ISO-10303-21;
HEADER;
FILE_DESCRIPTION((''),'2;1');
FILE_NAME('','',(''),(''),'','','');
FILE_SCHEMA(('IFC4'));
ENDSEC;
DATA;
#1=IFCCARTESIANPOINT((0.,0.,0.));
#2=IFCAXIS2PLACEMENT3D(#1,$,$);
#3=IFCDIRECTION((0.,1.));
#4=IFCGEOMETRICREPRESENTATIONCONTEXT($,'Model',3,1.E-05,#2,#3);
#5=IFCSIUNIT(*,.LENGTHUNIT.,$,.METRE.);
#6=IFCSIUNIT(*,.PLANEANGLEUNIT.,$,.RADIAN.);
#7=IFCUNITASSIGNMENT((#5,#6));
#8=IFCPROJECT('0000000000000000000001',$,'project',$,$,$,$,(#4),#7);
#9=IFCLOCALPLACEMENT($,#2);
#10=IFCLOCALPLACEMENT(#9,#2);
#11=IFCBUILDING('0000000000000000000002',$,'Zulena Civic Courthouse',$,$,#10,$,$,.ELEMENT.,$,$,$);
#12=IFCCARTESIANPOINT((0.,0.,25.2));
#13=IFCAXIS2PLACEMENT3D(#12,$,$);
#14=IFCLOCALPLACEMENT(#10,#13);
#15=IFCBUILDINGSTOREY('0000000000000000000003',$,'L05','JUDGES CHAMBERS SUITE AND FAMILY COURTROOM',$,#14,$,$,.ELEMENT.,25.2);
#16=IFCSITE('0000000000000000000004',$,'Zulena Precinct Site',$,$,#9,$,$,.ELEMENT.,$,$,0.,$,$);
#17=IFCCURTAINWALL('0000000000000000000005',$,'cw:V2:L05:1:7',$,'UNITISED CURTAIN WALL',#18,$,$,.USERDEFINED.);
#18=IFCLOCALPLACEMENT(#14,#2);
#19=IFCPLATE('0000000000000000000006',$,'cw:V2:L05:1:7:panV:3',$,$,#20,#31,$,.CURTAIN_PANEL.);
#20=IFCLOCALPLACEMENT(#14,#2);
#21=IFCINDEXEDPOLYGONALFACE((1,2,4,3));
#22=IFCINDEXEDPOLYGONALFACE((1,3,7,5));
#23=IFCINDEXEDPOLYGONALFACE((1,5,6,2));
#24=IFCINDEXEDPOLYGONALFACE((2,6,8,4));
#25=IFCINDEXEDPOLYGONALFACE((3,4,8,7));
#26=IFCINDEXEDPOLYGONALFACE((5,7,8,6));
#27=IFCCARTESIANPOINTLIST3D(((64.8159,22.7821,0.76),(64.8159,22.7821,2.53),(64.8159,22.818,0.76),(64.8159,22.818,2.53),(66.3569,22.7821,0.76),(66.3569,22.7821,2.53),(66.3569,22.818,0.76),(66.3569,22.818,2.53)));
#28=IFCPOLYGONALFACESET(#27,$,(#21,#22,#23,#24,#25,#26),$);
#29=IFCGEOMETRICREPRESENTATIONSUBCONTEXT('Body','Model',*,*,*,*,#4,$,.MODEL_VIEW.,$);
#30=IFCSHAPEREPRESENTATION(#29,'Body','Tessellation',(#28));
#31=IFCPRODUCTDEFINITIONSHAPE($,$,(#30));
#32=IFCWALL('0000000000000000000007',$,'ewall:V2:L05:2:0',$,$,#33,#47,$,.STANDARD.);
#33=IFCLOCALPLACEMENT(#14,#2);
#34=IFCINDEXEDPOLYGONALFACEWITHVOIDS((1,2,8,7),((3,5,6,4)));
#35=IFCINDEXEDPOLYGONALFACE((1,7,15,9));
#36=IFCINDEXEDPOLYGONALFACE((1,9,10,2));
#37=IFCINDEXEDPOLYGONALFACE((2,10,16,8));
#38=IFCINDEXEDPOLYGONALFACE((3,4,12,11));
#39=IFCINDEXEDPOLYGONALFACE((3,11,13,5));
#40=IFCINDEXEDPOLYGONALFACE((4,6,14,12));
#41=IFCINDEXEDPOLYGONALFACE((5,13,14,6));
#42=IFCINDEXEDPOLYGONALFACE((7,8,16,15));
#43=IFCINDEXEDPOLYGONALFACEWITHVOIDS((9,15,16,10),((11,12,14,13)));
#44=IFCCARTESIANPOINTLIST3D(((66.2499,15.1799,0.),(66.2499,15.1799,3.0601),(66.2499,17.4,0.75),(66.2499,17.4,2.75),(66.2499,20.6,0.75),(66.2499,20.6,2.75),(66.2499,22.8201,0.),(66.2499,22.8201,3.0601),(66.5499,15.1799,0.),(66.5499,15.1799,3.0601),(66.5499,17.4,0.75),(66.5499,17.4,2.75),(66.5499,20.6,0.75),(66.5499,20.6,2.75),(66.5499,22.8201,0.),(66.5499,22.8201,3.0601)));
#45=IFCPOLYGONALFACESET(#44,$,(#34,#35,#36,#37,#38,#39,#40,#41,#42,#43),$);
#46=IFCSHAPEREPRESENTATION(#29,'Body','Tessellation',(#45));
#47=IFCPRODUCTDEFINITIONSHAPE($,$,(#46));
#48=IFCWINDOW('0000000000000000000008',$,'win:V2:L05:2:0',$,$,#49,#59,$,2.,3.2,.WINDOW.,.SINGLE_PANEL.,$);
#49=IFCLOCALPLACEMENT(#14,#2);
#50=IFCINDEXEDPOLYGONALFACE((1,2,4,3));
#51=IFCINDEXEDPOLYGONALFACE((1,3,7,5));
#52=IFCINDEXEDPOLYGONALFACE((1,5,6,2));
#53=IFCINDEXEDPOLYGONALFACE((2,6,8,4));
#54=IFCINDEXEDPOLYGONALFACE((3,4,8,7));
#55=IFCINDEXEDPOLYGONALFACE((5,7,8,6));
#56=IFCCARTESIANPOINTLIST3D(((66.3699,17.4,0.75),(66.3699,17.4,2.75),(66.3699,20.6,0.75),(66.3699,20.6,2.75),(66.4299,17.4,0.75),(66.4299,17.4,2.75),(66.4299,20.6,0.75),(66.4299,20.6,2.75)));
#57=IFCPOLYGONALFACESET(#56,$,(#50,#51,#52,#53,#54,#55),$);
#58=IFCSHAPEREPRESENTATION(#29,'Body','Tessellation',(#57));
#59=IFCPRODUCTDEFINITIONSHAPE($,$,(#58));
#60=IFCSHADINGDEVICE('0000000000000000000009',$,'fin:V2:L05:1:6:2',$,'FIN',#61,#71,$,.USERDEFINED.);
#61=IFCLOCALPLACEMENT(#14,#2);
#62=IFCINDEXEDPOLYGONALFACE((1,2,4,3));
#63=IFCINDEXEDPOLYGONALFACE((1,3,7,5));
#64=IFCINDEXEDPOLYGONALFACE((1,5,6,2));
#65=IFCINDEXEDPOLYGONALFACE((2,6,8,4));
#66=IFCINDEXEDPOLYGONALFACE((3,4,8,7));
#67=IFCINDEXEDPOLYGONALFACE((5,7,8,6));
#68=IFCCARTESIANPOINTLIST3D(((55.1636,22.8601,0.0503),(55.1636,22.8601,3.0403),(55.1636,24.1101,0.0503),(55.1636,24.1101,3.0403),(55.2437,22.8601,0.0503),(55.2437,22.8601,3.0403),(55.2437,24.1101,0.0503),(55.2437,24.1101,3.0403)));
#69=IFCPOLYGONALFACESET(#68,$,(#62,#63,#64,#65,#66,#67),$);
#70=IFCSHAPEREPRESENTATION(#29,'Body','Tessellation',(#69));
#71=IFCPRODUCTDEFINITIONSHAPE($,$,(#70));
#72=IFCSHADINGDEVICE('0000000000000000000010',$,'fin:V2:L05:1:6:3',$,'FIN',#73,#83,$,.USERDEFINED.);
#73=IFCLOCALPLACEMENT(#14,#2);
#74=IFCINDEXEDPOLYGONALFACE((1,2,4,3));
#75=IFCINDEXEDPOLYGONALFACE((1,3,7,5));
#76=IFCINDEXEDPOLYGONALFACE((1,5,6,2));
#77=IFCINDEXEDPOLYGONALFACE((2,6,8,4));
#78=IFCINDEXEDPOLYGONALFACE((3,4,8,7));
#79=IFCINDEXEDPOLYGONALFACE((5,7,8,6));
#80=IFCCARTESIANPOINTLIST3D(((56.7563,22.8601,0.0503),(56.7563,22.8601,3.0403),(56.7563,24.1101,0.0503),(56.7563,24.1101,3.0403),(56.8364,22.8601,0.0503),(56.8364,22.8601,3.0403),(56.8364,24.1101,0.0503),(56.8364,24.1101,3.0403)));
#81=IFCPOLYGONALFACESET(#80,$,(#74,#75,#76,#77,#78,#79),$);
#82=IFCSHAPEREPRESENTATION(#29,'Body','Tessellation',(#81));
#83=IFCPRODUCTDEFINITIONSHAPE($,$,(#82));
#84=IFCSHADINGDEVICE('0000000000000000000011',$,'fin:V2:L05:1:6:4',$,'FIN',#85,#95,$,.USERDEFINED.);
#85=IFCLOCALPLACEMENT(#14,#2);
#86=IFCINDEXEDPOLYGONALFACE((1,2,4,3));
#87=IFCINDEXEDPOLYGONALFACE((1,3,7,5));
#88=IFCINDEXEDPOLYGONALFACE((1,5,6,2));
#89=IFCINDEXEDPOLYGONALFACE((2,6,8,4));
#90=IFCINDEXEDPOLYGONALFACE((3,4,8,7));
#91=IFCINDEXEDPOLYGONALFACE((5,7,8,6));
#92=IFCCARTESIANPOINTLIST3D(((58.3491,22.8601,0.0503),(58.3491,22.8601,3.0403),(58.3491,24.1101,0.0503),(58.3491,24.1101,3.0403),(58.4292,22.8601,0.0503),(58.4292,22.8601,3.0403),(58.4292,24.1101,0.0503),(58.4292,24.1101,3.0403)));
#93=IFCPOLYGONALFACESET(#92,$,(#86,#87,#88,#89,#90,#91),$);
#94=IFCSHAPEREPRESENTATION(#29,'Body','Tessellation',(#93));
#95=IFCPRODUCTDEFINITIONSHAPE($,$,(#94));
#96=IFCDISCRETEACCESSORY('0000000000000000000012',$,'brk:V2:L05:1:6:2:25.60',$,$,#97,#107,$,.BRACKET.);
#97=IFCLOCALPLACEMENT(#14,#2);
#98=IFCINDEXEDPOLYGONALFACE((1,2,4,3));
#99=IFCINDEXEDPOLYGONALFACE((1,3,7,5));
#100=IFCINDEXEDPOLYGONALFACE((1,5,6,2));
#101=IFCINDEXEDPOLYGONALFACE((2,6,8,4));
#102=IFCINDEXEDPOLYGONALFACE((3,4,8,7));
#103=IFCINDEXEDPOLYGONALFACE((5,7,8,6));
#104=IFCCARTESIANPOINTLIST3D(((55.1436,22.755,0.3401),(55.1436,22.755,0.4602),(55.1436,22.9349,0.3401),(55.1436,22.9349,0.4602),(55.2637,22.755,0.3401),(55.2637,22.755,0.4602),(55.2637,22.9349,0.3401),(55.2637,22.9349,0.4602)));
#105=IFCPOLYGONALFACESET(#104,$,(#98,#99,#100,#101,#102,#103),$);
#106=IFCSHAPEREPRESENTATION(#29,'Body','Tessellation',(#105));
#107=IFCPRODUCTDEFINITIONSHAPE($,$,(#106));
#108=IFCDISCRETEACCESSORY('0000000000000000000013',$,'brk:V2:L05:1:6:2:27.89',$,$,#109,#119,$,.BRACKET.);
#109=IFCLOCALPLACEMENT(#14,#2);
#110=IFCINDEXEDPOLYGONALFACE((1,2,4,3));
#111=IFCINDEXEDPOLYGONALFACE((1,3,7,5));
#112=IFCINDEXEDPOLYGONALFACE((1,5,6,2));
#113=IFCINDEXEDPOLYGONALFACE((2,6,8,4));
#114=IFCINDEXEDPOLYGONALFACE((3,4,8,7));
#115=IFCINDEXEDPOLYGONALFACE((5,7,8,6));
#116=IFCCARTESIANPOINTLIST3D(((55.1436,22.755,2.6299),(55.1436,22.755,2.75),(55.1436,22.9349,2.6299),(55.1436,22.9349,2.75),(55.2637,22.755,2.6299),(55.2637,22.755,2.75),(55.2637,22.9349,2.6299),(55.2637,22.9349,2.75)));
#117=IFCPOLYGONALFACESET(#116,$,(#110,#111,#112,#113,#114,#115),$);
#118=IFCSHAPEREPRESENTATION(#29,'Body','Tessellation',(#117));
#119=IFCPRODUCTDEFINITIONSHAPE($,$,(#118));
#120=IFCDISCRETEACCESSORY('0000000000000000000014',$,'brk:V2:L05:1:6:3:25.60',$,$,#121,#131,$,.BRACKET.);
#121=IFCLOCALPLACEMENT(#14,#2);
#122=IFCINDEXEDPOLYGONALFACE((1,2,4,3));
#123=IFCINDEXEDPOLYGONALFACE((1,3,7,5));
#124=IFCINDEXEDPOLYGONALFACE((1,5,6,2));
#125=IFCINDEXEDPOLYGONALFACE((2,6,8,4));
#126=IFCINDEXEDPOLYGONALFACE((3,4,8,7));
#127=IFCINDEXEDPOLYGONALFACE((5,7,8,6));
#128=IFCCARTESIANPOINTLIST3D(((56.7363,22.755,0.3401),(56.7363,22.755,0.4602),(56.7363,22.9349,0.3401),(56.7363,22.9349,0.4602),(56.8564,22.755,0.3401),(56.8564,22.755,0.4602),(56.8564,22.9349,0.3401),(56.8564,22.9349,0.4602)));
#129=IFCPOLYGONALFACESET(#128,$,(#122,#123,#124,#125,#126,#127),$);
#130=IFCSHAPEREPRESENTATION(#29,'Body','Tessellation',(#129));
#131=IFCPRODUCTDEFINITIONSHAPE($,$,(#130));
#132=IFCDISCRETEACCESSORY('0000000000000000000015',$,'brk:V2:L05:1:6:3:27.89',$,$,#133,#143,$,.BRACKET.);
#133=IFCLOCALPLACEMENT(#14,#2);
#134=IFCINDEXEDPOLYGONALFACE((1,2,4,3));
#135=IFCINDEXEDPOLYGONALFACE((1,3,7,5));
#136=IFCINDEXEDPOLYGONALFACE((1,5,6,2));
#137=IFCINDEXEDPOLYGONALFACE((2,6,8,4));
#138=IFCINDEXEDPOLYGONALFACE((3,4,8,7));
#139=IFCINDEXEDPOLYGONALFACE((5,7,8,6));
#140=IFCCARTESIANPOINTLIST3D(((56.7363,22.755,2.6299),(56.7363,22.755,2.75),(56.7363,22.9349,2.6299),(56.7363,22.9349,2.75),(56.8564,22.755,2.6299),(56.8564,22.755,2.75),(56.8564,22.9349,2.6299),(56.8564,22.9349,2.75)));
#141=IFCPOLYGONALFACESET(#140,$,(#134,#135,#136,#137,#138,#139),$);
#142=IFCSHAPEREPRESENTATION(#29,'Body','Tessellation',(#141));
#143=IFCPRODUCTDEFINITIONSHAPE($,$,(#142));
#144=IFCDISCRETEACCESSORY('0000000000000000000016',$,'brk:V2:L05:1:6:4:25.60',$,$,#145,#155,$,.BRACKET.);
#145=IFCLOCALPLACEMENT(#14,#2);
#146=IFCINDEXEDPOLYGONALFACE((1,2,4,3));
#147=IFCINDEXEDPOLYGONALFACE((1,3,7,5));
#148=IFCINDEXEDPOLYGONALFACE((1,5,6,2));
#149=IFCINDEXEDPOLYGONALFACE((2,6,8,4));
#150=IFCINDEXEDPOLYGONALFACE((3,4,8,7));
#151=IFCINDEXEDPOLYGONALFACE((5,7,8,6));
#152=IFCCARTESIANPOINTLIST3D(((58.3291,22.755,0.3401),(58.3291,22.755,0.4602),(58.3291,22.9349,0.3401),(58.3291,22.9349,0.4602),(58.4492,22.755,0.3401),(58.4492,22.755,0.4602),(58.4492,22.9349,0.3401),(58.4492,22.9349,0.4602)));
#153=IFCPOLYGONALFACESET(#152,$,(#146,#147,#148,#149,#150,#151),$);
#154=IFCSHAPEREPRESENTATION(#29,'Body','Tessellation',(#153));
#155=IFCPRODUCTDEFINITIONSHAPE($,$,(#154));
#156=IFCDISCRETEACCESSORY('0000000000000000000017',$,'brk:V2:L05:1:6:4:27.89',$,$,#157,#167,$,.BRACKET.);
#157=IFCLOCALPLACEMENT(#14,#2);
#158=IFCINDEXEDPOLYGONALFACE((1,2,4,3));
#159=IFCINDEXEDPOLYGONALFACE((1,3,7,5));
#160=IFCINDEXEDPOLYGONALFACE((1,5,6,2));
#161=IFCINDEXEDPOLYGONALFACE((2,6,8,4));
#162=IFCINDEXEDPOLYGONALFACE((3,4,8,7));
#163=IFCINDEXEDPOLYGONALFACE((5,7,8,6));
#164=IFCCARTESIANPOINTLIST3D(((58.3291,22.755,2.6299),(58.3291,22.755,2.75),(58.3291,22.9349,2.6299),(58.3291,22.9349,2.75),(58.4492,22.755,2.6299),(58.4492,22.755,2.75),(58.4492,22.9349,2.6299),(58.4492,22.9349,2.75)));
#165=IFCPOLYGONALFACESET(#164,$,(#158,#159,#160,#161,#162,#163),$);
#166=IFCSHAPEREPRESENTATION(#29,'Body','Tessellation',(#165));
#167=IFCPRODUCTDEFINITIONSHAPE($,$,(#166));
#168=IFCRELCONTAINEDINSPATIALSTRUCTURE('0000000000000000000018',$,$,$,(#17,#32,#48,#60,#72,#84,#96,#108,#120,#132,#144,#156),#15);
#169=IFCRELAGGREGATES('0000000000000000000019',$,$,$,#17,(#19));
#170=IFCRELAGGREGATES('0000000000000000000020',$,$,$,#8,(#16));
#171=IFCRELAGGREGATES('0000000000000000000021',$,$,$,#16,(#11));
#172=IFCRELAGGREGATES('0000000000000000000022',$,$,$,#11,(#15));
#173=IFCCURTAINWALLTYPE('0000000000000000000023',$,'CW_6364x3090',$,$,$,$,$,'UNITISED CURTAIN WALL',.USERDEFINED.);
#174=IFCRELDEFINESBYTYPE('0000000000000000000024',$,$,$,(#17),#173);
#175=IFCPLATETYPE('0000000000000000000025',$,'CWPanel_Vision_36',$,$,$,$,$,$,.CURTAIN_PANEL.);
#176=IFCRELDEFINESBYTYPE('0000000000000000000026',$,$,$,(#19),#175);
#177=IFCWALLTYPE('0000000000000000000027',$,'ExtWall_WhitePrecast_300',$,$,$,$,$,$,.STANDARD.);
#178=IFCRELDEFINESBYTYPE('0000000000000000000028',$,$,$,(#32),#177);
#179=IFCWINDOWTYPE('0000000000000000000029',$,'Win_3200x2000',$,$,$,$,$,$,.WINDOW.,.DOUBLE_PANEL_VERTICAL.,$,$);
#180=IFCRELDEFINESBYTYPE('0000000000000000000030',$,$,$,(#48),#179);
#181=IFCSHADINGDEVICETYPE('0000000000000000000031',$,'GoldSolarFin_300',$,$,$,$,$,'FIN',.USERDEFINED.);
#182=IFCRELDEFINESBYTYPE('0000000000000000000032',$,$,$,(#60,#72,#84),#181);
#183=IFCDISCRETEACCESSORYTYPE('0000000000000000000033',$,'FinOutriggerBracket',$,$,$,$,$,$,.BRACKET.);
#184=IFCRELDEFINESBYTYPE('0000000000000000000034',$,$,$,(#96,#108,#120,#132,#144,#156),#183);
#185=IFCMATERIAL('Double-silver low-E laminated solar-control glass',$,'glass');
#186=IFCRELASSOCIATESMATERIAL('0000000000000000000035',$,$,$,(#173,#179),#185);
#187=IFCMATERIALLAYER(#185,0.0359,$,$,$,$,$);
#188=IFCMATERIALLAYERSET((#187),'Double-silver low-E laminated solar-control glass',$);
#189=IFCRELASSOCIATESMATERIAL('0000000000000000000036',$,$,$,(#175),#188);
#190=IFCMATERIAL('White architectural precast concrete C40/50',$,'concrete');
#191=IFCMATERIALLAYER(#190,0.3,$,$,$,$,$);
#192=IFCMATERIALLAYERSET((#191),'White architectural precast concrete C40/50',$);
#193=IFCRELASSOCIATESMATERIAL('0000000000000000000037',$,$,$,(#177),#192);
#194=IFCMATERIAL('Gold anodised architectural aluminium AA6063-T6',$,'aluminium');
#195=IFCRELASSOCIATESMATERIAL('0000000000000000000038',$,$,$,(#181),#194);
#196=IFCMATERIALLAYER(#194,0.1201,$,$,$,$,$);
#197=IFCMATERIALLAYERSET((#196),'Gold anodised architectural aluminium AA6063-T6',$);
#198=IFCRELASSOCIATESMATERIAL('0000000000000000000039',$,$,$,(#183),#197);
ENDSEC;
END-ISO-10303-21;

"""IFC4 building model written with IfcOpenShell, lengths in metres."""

from ifc_helpers import new_model, si_unit, direction, frame, frame_2d, origin, origin_2d, place, context, subcontext, project, spatial, rectangle, extrude, material, layer, layer_set, type_object, element, fill, aggregate, save


model = new_model("IFC4")

# Units and contexts
model_context = context("Model", 3, precision=1e-05, world=origin(), true_north=direction((0.0, 1.0)))
body_context = subcontext(model_context, "Body", "Model", "MODEL_VIEW")
ifc_project = project(units=[si_unit("LENGTHUNIT", "METRE"), si_unit("PLANEANGLEUNIT", "RADIAN")], contexts=[model_context])

# Site, building, storey
site_placement = place(None, origin())
site = spatial("IfcSite", under=ifc_project, at=site_placement, Name="Zulena Precinct Site", CompositionType="ELEMENT", RefElevation=0.0)
building_placement = place(site_placement, origin())
building = spatial("IfcBuilding", under=site, at=building_placement, Name="Zulena Civic Courthouse", CompositionType="ELEMENT")
storey_placement = place(building_placement, frame((0.0, 0.0, 25.2)))
storey = spatial("IfcBuildingStorey", under=building, at=storey_placement, Name="L05", Description="JUDGES CHAMBERS SUITE AND FAMILY COURTROOM", CompositionType="ELEMENT", Elevation=25.2)

# Curtain wall
ifc_material_1 = material(Name="Double-silver low-E laminated solar-control glass", Category="glass")
curtain_wall_type = type_object("IfcCurtainWallType", Name="CW_6364x3090", ElementType="UNITISED CURTAIN WALL", PredefinedType="USERDEFINED", material=ifc_material_1)
curtain_wall_placement = place(storey_placement, origin())
curtain_wall = element("IfcCurtainWall", 1, at=curtain_wall_placement, inside=storey, type_object=curtain_wall_type, Name="cw:V2:L05:1:7", ObjectType="UNITISED CURTAIN WALL", PredefinedType="USERDEFINED")

# Plate
ifc_layer_1 = layer(ifc_material_1, 0.0359)
ifc_layer_set_1 = layer_set([ifc_layer_1], Name="Double-silver low-E laminated solar-control glass")
plate_type_1 = type_object("IfcPlateType", Name="CWPanel_Vision_36", PredefinedType="CURTAIN_PANEL", material=ifc_layer_set_1)
plate_1_placement = place(storey_placement, frame((65.5864, 22.8, 0.76), z_axis=(0.0, 0.0, 1.0), x_axis=(1.0, 0.0, 0.0)))
plate_1 = element("IfcPlate", 2, at=plate_1_placement, type_object=plate_type_1, Name="cw:V2:L05:1:7:panV:3", PredefinedType="CURTAIN_PANEL", context=body_context, shape_type="SweptSolid", body=[
    extrude(rectangle(XDim=1.541, YDim=0.0359, at=origin_2d()), origin(), (0.0, 0.0, 1.0), 1.77),
])
aggregate(curtain_wall, [plate_1])

# Wall, opening, window
ifc_material_2 = material(Name="White architectural precast concrete C40/50", Category="concrete")
ifc_layer_2 = layer(ifc_material_2, 0.3)
ifc_layer_set_2 = layer_set([ifc_layer_2], Name="White architectural precast concrete C40/50")
wall_type = type_object("IfcWallType", Name="ExtWall_WhitePrecast_300", PredefinedType="STANDARD", material=ifc_layer_set_2)
wall_placement = place(storey_placement, frame((66.3999, 22.8201, 0.0), z_axis=(0.0, 0.0, 1.0), x_axis=(0.0, -1.0, 0.0)))
wall = element("IfcWall", 3, at=wall_placement, inside=storey, type_object=wall_type, Name="ewall:V2:L05:2:0", PredefinedType="STANDARD", context=body_context, shape_type="SweptSolid", body=[
    extrude(rectangle(XDim=7.6401, YDim=0.3, at=frame_2d((3.8201, 0.0))), origin(), (0.0, 0.0, 1.0), 3.0601),
])
opening_placement = place(wall_placement, frame((2.22, 0.0, 0.75)))
opening = element("IfcOpeningElement", 4, at=opening_placement, cuts=wall, PredefinedType="OPENING", context=body_context, shape_type="SweptSolid", body=[
    extrude(rectangle(XDim=3.2, YDim=2.0, at=frame_2d((1.6001, 1.0))), frame((0.0, 0.1599, 0.0), z_axis=(0.0, -1.0, 0.0), x_axis=(1.0, 0.0, 0.0)), (0.0, 0.0, 1.0), 0.3201),
])
window_type = type_object("IfcWindowType", Name="Win_3200x2000", PartitioningType="DOUBLE_PANEL_VERTICAL", PredefinedType="WINDOW", material=ifc_material_1)
window_placement = place(opening_placement, origin())
window = element("IfcWindow", 5, at=window_placement, inside=storey, type_object=window_type, Name="win:V2:L05:2:0", OverallHeight=2.0, OverallWidth=3.2, PartitioningType="SINGLE_PANEL", PredefinedType="WINDOW", context=body_context, shape_type="SweptSolid", body=[
    extrude(rectangle(XDim=3.2, YDim=2.0, at=frame_2d((1.6001, 1.0))), frame((0.0, 0.03, 0.0), z_axis=(0.0, -1.0, 0.0), x_axis=(1.0, 0.0, 0.0)), (0.0, 0.0, 1.0), 0.0601),
])
fill(opening, window)

# Shading devices
ifc_material_3 = material(Name="Gold anodised architectural aluminium AA6063-T6", Category="aluminium")
shading_device_type = type_object("IfcShadingDeviceType", Name="GoldSolarFin_300", ElementType="FIN", PredefinedType="USERDEFINED", material=ifc_material_3)
for number, where, z_axis, x_axis, name in (
    (6, (55.2036, 23.4851, 0.0503), (0.0, 0.0, 1.0), (0.0, 1.0, 0.0), "fin:V2:L05:1:6:2"),
    (7, (56.7964, 23.4851, 0.0503), (0.0, 0.0, 1.0), (0.0, 1.0, 0.0), "fin:V2:L05:1:6:3"),
    (8, (58.3892, 23.4851, 0.0503), (0.0, 0.0, 1.0), (0.0, 1.0, 0.0), "fin:V2:L05:1:6:4"),
):
    element("IfcShadingDevice", number, at=place(storey_placement, frame(where, z_axis=z_axis, x_axis=x_axis)), inside=storey, type_object=shading_device_type, Name=name, ObjectType="FIN", PredefinedType="USERDEFINED", context=body_context, shape_type="SweptSolid", body=[
        extrude(rectangle(XDim=1.25, YDim=0.0801, at=origin_2d()), origin(), (0.0, 0.0, 1.0), 2.99),
    ])

# Discrete accessories
ifc_layer_3 = layer(ifc_material_3, 0.1201)
ifc_layer_set_3 = layer_set([ifc_layer_3], Name="Gold anodised architectural aluminium AA6063-T6")
discrete_accessory_type = type_object("IfcDiscreteAccessoryType", Name="FinOutriggerBracket", PredefinedType="BRACKET", material=ifc_layer_set_3)
for number, where, z_axis, x_axis, name in (
    (9, (55.2036, 22.845, 0.3401), (0.0, 0.0, 1.0), (0.0, 1.0, 0.0), "brk:V2:L05:1:6:2:25.60"),
    (10, (55.2036, 22.845, 2.6299), (0.0, 0.0, 1.0), (0.0, 1.0, 0.0), "brk:V2:L05:1:6:2:27.89"),
    (11, (56.7964, 22.845, 0.3401), (0.0, 0.0, 1.0), (0.0, 1.0, 0.0), "brk:V2:L05:1:6:3:25.60"),
    (12, (56.7964, 22.845, 2.6299), (0.0, 0.0, 1.0), (0.0, 1.0, 0.0), "brk:V2:L05:1:6:3:27.89"),
    (13, (58.3892, 22.845, 0.3401), (0.0, 0.0, 1.0), (0.0, 1.0, 0.0), "brk:V2:L05:1:6:4:25.60"),
    (14, (58.3892, 22.845, 2.6299), (0.0, 0.0, 1.0), (0.0, 1.0, 0.0), "brk:V2:L05:1:6:4:27.89"),
):
    element("IfcDiscreteAccessory", number, at=place(storey_placement, frame(where, z_axis=z_axis, x_axis=x_axis)), inside=storey, type_object=discrete_accessory_type, Name=name, PredefinedType="BRACKET", context=body_context, shape_type="SweptSolid", body=[
        extrude(rectangle(XDim=0.1799, YDim=0.1201, at=origin_2d()), origin(), (0.0, 0.0, 1.0), 0.1201),
    ])

save(model, "model.ifc")
